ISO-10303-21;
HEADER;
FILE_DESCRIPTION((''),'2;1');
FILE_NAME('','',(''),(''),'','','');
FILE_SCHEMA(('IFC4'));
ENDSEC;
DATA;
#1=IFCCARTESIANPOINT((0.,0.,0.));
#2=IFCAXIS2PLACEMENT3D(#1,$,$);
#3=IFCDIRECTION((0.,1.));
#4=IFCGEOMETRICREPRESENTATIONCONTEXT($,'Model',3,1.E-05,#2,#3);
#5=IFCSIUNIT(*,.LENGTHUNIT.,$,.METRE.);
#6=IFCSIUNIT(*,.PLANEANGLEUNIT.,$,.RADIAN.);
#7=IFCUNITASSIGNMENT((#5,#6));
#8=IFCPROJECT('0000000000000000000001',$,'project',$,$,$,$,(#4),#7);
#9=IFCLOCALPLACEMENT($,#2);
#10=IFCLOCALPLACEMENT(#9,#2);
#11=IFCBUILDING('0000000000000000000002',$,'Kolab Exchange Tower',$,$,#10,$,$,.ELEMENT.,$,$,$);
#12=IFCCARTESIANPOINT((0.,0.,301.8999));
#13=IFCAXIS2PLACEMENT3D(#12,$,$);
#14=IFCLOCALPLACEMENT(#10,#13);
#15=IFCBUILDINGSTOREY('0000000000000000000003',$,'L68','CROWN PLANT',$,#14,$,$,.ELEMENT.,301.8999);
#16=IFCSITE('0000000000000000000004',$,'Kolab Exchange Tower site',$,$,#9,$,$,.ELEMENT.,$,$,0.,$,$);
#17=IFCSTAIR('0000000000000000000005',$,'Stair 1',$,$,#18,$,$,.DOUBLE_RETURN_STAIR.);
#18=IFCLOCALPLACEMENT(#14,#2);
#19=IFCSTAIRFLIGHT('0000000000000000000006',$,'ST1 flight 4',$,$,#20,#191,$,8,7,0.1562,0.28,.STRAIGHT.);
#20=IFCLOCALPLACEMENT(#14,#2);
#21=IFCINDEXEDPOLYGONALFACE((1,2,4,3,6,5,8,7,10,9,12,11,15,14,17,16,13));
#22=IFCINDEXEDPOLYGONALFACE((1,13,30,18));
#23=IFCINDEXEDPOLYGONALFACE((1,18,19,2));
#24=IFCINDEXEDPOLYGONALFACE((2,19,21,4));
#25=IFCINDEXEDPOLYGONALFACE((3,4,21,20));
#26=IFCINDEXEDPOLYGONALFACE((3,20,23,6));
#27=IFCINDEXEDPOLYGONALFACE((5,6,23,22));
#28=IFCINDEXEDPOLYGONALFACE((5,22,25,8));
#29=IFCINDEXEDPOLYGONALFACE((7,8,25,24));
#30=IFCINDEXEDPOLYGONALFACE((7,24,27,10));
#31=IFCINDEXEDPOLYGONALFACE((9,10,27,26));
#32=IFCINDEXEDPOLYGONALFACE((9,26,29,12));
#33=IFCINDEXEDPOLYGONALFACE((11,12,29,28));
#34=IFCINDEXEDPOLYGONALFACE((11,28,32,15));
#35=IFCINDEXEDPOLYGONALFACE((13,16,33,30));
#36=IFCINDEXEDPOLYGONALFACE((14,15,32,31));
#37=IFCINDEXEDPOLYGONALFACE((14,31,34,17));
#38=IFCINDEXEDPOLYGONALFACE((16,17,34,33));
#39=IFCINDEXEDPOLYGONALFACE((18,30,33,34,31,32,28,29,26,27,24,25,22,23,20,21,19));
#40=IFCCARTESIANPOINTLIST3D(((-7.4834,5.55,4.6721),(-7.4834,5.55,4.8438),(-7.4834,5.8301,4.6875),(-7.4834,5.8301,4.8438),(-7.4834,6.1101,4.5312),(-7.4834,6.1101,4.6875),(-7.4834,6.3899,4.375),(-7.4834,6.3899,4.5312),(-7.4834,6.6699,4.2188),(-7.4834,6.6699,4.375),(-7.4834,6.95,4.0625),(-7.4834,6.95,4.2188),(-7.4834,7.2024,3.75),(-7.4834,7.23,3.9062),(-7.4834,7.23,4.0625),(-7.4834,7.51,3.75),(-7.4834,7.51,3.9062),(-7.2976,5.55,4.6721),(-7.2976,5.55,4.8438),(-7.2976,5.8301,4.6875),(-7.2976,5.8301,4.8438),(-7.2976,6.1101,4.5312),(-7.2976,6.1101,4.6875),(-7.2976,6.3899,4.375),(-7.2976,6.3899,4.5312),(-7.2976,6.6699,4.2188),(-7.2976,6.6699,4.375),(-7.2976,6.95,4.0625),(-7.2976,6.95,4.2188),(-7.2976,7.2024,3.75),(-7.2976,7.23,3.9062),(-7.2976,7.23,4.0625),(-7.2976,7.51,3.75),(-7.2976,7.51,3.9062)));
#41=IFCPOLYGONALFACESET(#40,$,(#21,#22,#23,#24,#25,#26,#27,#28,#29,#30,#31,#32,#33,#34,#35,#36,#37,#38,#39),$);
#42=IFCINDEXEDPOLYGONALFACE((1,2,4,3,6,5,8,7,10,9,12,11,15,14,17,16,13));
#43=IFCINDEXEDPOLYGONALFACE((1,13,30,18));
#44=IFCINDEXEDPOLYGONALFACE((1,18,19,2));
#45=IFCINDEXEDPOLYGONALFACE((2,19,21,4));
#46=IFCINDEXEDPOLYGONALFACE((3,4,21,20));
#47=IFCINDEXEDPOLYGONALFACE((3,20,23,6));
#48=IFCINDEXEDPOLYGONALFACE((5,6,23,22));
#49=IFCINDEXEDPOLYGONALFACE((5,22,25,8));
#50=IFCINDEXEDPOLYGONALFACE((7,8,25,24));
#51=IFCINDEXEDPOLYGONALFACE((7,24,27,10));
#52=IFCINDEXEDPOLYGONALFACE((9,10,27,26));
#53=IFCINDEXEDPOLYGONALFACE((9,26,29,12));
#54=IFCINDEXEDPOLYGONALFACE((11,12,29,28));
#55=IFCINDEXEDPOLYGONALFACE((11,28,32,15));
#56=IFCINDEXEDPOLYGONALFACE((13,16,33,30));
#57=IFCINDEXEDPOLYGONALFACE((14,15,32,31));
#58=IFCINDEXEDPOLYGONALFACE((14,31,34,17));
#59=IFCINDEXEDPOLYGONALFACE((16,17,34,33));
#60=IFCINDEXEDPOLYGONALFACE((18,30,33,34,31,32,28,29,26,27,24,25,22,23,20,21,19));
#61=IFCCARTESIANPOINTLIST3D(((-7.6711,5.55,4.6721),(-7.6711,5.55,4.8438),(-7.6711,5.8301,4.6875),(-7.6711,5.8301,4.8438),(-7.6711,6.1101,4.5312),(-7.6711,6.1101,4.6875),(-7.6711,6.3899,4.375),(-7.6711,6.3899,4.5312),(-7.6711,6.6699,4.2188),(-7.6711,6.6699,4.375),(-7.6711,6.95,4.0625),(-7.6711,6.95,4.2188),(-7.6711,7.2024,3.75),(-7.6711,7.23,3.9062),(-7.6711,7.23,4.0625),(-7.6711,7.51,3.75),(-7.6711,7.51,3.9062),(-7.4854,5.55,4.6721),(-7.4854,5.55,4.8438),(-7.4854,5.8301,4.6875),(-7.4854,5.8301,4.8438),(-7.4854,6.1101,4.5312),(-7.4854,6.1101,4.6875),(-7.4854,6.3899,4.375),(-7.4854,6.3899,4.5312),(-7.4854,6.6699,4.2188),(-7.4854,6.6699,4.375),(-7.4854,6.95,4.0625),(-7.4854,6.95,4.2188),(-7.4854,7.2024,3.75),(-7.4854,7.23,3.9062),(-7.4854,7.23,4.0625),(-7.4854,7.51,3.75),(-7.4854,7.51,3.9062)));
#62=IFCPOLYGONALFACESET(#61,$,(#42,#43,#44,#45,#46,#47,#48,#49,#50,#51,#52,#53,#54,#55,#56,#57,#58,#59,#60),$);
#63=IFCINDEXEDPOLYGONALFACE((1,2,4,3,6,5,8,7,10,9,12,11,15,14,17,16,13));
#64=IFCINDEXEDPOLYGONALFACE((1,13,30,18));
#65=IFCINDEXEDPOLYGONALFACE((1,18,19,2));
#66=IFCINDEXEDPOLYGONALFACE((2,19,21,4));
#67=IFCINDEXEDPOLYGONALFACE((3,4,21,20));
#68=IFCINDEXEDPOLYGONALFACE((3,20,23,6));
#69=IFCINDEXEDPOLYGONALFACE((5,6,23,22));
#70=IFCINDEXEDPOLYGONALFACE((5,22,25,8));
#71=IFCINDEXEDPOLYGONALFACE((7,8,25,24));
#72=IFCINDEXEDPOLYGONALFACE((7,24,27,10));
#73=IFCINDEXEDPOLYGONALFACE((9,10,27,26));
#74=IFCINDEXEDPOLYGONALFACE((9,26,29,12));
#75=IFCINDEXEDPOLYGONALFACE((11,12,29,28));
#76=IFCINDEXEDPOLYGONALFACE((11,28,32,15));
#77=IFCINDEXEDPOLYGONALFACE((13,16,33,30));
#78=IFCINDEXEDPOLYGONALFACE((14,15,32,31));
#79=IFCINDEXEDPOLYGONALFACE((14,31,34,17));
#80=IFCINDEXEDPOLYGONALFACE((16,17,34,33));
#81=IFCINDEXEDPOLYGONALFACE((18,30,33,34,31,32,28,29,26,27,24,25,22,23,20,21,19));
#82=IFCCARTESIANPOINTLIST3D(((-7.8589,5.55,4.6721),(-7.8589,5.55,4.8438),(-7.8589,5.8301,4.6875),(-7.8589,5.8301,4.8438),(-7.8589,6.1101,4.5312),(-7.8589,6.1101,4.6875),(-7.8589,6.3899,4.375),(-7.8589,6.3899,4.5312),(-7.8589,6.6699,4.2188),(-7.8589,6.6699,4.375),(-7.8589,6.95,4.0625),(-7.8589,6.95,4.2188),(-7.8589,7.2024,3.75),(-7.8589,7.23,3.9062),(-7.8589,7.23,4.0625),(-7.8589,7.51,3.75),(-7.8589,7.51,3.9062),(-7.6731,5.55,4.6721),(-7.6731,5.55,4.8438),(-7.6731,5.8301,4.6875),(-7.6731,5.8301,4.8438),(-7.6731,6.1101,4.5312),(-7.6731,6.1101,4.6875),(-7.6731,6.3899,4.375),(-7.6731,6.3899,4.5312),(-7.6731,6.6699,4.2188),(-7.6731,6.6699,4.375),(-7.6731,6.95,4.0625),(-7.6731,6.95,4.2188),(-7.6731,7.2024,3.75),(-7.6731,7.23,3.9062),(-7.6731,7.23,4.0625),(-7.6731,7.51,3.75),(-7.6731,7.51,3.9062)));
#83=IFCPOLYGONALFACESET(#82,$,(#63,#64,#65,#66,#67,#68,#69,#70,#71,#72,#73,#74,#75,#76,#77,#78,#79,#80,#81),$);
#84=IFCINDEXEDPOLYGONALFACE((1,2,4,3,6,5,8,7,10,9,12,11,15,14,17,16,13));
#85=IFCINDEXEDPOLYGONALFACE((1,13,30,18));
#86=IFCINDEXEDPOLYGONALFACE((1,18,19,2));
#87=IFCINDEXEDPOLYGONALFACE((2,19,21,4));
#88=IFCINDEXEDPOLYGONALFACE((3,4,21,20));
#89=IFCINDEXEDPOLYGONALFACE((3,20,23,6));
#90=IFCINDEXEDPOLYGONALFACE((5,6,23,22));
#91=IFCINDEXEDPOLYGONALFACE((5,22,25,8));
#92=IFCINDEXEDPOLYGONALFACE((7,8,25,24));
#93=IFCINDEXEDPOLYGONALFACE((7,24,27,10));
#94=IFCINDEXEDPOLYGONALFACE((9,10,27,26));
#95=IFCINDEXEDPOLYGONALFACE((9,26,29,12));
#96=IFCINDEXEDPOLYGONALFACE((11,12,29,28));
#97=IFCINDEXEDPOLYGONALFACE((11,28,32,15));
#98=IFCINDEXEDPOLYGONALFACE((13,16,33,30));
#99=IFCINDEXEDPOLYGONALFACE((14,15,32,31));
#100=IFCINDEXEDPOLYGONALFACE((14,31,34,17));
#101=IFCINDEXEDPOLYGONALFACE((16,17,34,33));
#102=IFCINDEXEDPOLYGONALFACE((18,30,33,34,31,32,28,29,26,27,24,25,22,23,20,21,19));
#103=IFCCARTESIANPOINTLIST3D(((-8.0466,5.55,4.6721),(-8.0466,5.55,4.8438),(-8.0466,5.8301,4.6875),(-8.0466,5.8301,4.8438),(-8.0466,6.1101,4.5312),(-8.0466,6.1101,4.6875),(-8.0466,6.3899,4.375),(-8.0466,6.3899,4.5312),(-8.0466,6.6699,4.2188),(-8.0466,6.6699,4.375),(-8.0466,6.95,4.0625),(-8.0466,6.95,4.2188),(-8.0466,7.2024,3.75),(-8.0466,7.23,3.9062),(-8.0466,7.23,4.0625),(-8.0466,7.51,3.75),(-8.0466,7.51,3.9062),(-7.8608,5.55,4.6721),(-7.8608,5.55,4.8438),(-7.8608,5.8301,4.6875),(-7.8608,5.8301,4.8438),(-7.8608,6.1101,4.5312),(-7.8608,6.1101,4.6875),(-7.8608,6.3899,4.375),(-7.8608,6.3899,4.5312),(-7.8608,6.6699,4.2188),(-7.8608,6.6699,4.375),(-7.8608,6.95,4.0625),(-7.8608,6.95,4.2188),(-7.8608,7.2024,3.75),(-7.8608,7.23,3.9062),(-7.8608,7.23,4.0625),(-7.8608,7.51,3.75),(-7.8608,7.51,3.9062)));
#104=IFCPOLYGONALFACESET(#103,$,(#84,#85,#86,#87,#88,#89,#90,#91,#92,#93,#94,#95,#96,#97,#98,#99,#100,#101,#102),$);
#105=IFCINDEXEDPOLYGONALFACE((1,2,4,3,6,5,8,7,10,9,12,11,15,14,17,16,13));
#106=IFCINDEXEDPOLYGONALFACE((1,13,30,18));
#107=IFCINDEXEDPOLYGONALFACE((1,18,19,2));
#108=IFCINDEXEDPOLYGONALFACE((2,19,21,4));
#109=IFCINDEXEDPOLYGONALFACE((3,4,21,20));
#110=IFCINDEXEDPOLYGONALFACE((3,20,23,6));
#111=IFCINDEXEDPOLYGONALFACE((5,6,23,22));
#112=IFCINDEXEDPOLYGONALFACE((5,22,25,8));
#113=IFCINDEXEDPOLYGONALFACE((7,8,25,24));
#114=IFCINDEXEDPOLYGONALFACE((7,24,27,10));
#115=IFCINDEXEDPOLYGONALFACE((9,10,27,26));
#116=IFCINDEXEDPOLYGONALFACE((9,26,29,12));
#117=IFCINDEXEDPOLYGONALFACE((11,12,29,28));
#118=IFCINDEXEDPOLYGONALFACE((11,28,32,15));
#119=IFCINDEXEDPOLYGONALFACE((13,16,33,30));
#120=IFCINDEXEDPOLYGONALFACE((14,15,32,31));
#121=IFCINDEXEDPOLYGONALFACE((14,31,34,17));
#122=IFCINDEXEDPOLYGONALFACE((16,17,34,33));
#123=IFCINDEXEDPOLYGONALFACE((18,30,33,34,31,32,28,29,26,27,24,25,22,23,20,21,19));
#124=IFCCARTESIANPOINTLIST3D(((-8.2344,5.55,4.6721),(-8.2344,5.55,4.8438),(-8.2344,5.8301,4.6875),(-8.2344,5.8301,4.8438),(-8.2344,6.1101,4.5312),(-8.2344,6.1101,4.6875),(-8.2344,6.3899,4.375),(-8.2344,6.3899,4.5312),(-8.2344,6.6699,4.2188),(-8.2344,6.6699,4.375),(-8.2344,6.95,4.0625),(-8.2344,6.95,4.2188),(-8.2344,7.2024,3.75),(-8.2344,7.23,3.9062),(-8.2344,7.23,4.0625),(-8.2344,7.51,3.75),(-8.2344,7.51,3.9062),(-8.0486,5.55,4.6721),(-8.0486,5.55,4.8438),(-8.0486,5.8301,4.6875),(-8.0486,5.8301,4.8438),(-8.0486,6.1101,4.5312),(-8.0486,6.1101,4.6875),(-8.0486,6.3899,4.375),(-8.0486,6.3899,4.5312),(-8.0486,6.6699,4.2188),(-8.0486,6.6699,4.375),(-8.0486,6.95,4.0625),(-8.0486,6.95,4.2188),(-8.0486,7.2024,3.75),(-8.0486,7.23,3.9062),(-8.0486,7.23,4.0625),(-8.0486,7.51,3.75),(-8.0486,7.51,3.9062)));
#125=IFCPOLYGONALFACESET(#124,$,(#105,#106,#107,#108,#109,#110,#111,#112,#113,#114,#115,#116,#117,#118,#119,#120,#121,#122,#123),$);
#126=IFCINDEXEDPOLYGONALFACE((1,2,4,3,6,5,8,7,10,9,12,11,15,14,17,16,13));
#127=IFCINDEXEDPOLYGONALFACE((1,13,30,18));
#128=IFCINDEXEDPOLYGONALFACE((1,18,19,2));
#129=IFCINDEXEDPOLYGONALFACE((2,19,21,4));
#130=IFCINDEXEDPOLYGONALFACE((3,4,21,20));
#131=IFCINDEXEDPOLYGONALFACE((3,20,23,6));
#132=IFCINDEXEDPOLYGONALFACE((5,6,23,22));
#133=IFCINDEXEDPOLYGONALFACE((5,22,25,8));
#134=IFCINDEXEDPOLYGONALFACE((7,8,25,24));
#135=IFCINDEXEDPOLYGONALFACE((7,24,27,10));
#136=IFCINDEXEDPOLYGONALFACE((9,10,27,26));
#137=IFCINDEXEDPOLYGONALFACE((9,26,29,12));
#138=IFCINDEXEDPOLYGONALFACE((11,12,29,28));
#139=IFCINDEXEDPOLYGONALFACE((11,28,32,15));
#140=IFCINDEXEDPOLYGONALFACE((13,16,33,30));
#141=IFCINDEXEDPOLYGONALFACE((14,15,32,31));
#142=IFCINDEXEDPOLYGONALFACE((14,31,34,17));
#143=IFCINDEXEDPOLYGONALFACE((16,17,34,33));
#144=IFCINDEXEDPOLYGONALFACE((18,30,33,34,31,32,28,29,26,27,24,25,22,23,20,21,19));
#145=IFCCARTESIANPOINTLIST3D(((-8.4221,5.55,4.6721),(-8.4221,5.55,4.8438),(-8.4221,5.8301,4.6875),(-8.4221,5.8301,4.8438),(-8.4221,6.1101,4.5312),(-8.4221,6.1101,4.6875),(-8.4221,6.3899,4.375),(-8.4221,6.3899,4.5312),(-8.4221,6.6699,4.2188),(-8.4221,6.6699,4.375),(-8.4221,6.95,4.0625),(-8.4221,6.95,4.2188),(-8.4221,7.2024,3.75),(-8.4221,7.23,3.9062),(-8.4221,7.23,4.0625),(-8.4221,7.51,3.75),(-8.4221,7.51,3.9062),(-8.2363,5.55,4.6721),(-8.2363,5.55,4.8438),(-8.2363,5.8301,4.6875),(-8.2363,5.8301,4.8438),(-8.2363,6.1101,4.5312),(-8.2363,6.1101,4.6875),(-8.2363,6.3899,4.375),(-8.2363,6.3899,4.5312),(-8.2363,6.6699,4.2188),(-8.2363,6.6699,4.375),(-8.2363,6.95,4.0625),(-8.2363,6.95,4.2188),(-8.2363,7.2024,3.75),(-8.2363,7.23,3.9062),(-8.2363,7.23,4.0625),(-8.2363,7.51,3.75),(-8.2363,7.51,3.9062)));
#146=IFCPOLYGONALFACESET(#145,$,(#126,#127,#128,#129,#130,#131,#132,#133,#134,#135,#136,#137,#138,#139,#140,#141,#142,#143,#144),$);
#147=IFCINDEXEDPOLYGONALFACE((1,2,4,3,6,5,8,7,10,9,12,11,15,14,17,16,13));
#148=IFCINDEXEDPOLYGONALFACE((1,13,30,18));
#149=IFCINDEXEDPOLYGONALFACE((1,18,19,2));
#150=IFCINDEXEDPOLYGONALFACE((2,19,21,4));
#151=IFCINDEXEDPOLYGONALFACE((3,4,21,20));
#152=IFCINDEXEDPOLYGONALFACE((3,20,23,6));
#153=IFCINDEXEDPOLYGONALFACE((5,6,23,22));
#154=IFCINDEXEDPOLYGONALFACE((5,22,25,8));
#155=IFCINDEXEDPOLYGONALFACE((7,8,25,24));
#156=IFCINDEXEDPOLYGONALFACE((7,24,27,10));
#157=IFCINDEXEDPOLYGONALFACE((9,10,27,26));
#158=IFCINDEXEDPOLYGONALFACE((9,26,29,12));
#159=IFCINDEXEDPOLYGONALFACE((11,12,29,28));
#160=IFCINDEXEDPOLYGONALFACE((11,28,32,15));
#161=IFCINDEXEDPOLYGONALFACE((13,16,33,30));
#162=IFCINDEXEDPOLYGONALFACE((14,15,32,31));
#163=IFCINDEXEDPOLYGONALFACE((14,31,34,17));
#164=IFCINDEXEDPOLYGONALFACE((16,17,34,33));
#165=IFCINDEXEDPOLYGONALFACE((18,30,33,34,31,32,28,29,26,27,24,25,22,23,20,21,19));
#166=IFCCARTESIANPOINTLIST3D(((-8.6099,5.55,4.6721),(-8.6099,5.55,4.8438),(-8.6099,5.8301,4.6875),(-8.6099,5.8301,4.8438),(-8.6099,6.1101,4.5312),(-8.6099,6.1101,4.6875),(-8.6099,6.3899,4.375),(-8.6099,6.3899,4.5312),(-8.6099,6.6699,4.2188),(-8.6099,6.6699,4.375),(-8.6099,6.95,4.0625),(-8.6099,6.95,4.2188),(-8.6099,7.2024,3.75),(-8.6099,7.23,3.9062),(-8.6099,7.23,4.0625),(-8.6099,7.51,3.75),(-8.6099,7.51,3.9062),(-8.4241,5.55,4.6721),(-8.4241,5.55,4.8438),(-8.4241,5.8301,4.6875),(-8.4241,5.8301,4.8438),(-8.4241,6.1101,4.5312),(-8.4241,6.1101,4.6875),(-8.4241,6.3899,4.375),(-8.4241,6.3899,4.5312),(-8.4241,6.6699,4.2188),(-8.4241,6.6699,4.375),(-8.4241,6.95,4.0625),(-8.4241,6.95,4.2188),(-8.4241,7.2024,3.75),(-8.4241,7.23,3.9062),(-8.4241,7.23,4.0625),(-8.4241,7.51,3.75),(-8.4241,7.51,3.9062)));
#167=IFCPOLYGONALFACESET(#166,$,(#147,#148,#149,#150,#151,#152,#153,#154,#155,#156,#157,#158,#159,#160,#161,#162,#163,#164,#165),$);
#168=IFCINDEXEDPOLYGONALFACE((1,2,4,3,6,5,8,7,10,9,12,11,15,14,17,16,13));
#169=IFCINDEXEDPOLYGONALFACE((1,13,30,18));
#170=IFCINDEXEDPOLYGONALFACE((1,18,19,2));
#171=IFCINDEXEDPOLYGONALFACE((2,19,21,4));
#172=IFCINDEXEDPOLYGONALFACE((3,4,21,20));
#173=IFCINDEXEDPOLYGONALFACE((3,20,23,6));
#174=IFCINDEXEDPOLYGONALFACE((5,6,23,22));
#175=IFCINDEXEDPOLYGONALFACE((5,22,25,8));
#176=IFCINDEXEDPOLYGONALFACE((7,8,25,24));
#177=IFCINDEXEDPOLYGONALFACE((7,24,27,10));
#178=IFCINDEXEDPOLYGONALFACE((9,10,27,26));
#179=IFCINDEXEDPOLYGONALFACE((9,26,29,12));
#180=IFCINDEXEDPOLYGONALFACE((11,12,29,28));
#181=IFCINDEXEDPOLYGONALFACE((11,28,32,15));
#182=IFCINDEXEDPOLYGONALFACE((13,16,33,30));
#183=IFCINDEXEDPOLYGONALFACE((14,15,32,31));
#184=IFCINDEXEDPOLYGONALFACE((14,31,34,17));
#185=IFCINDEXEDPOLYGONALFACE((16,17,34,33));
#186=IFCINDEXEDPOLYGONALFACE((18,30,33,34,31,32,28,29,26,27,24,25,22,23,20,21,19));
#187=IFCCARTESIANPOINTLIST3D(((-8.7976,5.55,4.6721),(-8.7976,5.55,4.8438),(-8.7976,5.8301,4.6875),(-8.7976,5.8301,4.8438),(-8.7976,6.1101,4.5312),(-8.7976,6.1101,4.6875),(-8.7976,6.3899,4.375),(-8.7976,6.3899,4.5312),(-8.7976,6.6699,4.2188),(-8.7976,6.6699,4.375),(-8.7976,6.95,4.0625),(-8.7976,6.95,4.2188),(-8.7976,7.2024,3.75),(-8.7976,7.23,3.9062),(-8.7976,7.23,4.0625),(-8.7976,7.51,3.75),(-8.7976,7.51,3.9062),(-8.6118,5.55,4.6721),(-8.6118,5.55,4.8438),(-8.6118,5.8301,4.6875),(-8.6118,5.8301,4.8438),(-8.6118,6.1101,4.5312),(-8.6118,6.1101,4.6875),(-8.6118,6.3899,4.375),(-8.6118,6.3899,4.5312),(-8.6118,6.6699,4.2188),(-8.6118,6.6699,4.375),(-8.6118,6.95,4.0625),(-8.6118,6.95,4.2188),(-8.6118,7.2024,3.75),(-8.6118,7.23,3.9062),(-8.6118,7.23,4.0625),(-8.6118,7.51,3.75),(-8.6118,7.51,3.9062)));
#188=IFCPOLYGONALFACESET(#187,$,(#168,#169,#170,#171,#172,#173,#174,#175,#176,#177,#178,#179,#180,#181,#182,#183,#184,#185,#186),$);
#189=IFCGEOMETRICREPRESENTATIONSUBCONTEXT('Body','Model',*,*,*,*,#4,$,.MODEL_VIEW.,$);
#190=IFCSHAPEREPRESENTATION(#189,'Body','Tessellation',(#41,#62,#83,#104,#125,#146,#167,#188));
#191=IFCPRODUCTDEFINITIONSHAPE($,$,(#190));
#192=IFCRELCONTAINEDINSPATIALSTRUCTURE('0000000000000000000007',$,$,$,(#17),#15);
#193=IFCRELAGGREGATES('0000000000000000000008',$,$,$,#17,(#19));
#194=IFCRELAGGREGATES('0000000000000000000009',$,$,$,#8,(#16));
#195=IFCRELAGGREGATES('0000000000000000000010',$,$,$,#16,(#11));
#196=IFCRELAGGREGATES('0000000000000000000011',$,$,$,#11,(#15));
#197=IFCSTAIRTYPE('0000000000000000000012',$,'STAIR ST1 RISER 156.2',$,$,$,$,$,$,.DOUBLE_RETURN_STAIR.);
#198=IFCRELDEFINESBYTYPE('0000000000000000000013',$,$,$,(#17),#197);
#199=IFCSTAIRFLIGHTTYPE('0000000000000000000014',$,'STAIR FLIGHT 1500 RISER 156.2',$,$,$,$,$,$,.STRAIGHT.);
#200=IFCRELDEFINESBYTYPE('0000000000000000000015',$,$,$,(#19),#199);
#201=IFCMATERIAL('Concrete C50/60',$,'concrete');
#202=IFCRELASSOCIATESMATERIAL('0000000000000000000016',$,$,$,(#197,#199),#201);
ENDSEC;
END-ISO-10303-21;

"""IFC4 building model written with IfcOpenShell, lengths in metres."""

from ifc_helpers import new_model, si_unit, direction, frame, origin, place, context, subcontext, project, spatial, polyline, outline, extrude, material, type_object, element, aggregate, save


model = new_model("IFC4")

# Units and contexts
model_context = context("Model", 3, precision=1e-05, world=origin(), true_north=direction((0.0, 1.0)))
body_context = subcontext(model_context, "Body", "Model", "MODEL_VIEW")
ifc_project = project(units=[si_unit("LENGTHUNIT", "METRE"), si_unit("PLANEANGLEUNIT", "RADIAN")], contexts=[model_context])

# Site, building, storey
site_placement = place(None, origin())
site = spatial("IfcSite", under=ifc_project, at=site_placement, Name="Kolab Exchange Tower site", CompositionType="ELEMENT", RefElevation=0.0)
building_placement = place(site_placement, origin())
building = spatial("IfcBuilding", under=site, at=building_placement, Name="Kolab Exchange Tower", CompositionType="ELEMENT")
storey_placement = place(building_placement, frame((0.0, 0.0, 301.8999)))
storey = spatial("IfcBuildingStorey", under=building, at=storey_placement, Name="L68", Description="CROWN PLANT", CompositionType="ELEMENT", Elevation=301.8999)

# Shared definitions
ifc_material_1 = material(Name="Concrete C50/60", Category="concrete")

# Stair, stair flight
stair_type = type_object("IfcStairType", Name="STAIR ST1 RISER 156.2", PredefinedType="DOUBLE_RETURN_STAIR", material=ifc_material_1)
stair_placement = place(storey_placement, origin())
stair = element("IfcStair", 1, at=stair_placement, inside=storey, type_object=stair_type, Name="Stair 1", PredefinedType="DOUBLE_RETURN_STAIR")
stair_flight_type = type_object("IfcStairFlightType", Name="STAIR FLIGHT 1500 RISER 156.2", PredefinedType="STRAIGHT", material=ifc_material_1)
stair_flight_1_placement = place(storey_placement, frame((-8.0476, 7.51, 3.75), z_axis=(0.0, 0.0, 1.0), x_axis=(0.0, -1.0, 0.0)))
stair_flight_1 = element("IfcStairFlight", 2, at=stair_flight_1_placement, type_object=stair_flight_type, Name="ST1 flight 4", NumberOfRisers=8, NumberOfTreads=7, PredefinedType="STRAIGHT", RiserHeight=0.1562, TreadLength=0.28, context=body_context, shape_type="SweptSolid", body=[
    extrude(outline(polyline([(0.0, 0.0), (0.0, 0.1562), (0.28, 0.1562), (0.28, 0.3125), (0.5601, 0.3125), (0.5601, 0.4688), (0.8401, 0.4688), (0.8401, 0.625), (1.1201, 0.625), (1.1201, 0.7812), (1.3999, 0.7812), (1.3999, 0.9375), (1.6799, 0.9375), (1.6799, 1.0938), (1.96, 1.0938), (1.96, 1.25), (1.96, 0.9221), (0.3076, 0.0), (0.0, 0.0)])), frame((0.0, 0.75, 0.0), z_axis=(0.0, -1.0, 0.0), x_axis=(1.0, 0.0, 0.0)), (0.0, 0.0, 1.0), 0.1858),
    extrude(outline(polyline([(0.0, 0.0), (0.0, 0.1562), (0.28, 0.1562), (0.28, 0.3125), (0.5601, 0.3125), (0.5601, 0.4688), (0.8401, 0.4688), (0.8401, 0.625), (1.1201, 0.625), (1.1201, 0.7812), (1.3999, 0.7812), (1.3999, 0.9375), (1.6799, 0.9375), (1.6799, 1.0938), (1.96, 1.0938), (1.96, 1.25), (1.96, 0.9221), (0.3076, 0.0), (0.0, 0.0)])), frame((0.0, 0.5623, 0.0), z_axis=(0.0, -1.0, 0.0), x_axis=(1.0, 0.0, 0.0)), (0.0, 0.0, 1.0), 0.1858),
    extrude(outline(polyline([(0.0, 0.0), (0.0, 0.1562), (0.28, 0.1562), (0.28, 0.3125), (0.5601, 0.3125), (0.5601, 0.4688), (0.8401, 0.4688), (0.8401, 0.625), (1.1201, 0.625), (1.1201, 0.7812), (1.3999, 0.7812), (1.3999, 0.9375), (1.6799, 0.9375), (1.6799, 1.0938), (1.96, 1.0938), (1.96, 1.25), (1.96, 0.9221), (0.3076, 0.0), (0.0, 0.0)])), frame((0.0, 0.3745, 0.0), z_axis=(0.0, -1.0, 0.0), x_axis=(1.0, 0.0, 0.0)), (0.0, 0.0, 1.0), 0.1858),
    extrude(outline(polyline([(0.0, 0.0), (0.0, 0.1562), (0.28, 0.1562), (0.28, 0.3125), (0.5601, 0.3125), (0.5601, 0.4688), (0.8401, 0.4688), (0.8401, 0.625), (1.1201, 0.625), (1.1201, 0.7812), (1.3999, 0.7812), (1.3999, 0.9375), (1.6799, 0.9375), (1.6799, 1.0938), (1.96, 1.0938), (1.96, 1.25), (1.96, 0.9221), (0.3076, 0.0), (0.0, 0.0)])), frame((0.0, 0.1868, 0.0), z_axis=(0.0, -1.0, 0.0), x_axis=(1.0, 0.0, 0.0)), (0.0, 0.0, 1.0), 0.1858),
    extrude(outline(polyline([(0.0, 0.0), (0.0, 0.1562), (0.28, 0.1562), (0.28, 0.3125), (0.5601, 0.3125), (0.5601, 0.4688), (0.8401, 0.4688), (0.8401, 0.625), (1.1201, 0.625), (1.1201, 0.7812), (1.3999, 0.7812), (1.3999, 0.9375), (1.6799, 0.9375), (1.6799, 1.0938), (1.96, 1.0938), (1.96, 1.25), (1.96, 0.9221), (0.3076, 0.0), (0.0, 0.0)])), frame((0.0, -0.001, 0.0), z_axis=(0.0, -1.0, 0.0), x_axis=(1.0, 0.0, 0.0)), (0.0, 0.0, 1.0), 0.1858),
    extrude(outline(polyline([(0.0, 0.0), (0.0, 0.1562), (0.28, 0.1562), (0.28, 0.3125), (0.5601, 0.3125), (0.5601, 0.4688), (0.8401, 0.4688), (0.8401, 0.625), (1.1201, 0.625), (1.1201, 0.7812), (1.3999, 0.7812), (1.3999, 0.9375), (1.6799, 0.9375), (1.6799, 1.0938), (1.96, 1.0938), (1.96, 1.25), (1.96, 0.9221), (0.3076, 0.0), (0.0, 0.0)])), frame((0.0, -0.1887, 0.0), z_axis=(0.0, -1.0, 0.0), x_axis=(1.0, 0.0, 0.0)), (0.0, 0.0, 1.0), 0.1858),
    extrude(outline(polyline([(0.0, 0.0), (0.0, 0.1562), (0.28, 0.1562), (0.28, 0.3125), (0.5601, 0.3125), (0.5601, 0.4688), (0.8401, 0.4688), (0.8401, 0.625), (1.1201, 0.625), (1.1201, 0.7812), (1.3999, 0.7812), (1.3999, 0.9375), (1.6799, 0.9375), (1.6799, 1.0938), (1.96, 1.0938), (1.96, 1.25), (1.96, 0.9221), (0.3076, 0.0), (0.0, 0.0)])), frame((0.0, -0.3765, 0.0), z_axis=(0.0, -1.0, 0.0), x_axis=(1.0, 0.0, 0.0)), (0.0, 0.0, 1.0), 0.1858),
    extrude(outline(polyline([(0.0, 0.0), (0.0, 0.1562), (0.28, 0.1562), (0.28, 0.3125), (0.5601, 0.3125), (0.5601, 0.4688), (0.8401, 0.4688), (0.8401, 0.625), (1.1201, 0.625), (1.1201, 0.7812), (1.3999, 0.7812), (1.3999, 0.9375), (1.6799, 0.9375), (1.6799, 1.0938), (1.96, 1.0938), (1.96, 1.25), (1.96, 0.9221), (0.3076, 0.0), (0.0, 0.0)])), frame((0.0, -0.5642, 0.0), z_axis=(0.0, -1.0, 0.0), x_axis=(1.0, 0.0, 0.0)), (0.0, 0.0, 1.0), 0.1858),
])
aggregate(stair, [stair_flight_1])

save(model, "model.ifc")
